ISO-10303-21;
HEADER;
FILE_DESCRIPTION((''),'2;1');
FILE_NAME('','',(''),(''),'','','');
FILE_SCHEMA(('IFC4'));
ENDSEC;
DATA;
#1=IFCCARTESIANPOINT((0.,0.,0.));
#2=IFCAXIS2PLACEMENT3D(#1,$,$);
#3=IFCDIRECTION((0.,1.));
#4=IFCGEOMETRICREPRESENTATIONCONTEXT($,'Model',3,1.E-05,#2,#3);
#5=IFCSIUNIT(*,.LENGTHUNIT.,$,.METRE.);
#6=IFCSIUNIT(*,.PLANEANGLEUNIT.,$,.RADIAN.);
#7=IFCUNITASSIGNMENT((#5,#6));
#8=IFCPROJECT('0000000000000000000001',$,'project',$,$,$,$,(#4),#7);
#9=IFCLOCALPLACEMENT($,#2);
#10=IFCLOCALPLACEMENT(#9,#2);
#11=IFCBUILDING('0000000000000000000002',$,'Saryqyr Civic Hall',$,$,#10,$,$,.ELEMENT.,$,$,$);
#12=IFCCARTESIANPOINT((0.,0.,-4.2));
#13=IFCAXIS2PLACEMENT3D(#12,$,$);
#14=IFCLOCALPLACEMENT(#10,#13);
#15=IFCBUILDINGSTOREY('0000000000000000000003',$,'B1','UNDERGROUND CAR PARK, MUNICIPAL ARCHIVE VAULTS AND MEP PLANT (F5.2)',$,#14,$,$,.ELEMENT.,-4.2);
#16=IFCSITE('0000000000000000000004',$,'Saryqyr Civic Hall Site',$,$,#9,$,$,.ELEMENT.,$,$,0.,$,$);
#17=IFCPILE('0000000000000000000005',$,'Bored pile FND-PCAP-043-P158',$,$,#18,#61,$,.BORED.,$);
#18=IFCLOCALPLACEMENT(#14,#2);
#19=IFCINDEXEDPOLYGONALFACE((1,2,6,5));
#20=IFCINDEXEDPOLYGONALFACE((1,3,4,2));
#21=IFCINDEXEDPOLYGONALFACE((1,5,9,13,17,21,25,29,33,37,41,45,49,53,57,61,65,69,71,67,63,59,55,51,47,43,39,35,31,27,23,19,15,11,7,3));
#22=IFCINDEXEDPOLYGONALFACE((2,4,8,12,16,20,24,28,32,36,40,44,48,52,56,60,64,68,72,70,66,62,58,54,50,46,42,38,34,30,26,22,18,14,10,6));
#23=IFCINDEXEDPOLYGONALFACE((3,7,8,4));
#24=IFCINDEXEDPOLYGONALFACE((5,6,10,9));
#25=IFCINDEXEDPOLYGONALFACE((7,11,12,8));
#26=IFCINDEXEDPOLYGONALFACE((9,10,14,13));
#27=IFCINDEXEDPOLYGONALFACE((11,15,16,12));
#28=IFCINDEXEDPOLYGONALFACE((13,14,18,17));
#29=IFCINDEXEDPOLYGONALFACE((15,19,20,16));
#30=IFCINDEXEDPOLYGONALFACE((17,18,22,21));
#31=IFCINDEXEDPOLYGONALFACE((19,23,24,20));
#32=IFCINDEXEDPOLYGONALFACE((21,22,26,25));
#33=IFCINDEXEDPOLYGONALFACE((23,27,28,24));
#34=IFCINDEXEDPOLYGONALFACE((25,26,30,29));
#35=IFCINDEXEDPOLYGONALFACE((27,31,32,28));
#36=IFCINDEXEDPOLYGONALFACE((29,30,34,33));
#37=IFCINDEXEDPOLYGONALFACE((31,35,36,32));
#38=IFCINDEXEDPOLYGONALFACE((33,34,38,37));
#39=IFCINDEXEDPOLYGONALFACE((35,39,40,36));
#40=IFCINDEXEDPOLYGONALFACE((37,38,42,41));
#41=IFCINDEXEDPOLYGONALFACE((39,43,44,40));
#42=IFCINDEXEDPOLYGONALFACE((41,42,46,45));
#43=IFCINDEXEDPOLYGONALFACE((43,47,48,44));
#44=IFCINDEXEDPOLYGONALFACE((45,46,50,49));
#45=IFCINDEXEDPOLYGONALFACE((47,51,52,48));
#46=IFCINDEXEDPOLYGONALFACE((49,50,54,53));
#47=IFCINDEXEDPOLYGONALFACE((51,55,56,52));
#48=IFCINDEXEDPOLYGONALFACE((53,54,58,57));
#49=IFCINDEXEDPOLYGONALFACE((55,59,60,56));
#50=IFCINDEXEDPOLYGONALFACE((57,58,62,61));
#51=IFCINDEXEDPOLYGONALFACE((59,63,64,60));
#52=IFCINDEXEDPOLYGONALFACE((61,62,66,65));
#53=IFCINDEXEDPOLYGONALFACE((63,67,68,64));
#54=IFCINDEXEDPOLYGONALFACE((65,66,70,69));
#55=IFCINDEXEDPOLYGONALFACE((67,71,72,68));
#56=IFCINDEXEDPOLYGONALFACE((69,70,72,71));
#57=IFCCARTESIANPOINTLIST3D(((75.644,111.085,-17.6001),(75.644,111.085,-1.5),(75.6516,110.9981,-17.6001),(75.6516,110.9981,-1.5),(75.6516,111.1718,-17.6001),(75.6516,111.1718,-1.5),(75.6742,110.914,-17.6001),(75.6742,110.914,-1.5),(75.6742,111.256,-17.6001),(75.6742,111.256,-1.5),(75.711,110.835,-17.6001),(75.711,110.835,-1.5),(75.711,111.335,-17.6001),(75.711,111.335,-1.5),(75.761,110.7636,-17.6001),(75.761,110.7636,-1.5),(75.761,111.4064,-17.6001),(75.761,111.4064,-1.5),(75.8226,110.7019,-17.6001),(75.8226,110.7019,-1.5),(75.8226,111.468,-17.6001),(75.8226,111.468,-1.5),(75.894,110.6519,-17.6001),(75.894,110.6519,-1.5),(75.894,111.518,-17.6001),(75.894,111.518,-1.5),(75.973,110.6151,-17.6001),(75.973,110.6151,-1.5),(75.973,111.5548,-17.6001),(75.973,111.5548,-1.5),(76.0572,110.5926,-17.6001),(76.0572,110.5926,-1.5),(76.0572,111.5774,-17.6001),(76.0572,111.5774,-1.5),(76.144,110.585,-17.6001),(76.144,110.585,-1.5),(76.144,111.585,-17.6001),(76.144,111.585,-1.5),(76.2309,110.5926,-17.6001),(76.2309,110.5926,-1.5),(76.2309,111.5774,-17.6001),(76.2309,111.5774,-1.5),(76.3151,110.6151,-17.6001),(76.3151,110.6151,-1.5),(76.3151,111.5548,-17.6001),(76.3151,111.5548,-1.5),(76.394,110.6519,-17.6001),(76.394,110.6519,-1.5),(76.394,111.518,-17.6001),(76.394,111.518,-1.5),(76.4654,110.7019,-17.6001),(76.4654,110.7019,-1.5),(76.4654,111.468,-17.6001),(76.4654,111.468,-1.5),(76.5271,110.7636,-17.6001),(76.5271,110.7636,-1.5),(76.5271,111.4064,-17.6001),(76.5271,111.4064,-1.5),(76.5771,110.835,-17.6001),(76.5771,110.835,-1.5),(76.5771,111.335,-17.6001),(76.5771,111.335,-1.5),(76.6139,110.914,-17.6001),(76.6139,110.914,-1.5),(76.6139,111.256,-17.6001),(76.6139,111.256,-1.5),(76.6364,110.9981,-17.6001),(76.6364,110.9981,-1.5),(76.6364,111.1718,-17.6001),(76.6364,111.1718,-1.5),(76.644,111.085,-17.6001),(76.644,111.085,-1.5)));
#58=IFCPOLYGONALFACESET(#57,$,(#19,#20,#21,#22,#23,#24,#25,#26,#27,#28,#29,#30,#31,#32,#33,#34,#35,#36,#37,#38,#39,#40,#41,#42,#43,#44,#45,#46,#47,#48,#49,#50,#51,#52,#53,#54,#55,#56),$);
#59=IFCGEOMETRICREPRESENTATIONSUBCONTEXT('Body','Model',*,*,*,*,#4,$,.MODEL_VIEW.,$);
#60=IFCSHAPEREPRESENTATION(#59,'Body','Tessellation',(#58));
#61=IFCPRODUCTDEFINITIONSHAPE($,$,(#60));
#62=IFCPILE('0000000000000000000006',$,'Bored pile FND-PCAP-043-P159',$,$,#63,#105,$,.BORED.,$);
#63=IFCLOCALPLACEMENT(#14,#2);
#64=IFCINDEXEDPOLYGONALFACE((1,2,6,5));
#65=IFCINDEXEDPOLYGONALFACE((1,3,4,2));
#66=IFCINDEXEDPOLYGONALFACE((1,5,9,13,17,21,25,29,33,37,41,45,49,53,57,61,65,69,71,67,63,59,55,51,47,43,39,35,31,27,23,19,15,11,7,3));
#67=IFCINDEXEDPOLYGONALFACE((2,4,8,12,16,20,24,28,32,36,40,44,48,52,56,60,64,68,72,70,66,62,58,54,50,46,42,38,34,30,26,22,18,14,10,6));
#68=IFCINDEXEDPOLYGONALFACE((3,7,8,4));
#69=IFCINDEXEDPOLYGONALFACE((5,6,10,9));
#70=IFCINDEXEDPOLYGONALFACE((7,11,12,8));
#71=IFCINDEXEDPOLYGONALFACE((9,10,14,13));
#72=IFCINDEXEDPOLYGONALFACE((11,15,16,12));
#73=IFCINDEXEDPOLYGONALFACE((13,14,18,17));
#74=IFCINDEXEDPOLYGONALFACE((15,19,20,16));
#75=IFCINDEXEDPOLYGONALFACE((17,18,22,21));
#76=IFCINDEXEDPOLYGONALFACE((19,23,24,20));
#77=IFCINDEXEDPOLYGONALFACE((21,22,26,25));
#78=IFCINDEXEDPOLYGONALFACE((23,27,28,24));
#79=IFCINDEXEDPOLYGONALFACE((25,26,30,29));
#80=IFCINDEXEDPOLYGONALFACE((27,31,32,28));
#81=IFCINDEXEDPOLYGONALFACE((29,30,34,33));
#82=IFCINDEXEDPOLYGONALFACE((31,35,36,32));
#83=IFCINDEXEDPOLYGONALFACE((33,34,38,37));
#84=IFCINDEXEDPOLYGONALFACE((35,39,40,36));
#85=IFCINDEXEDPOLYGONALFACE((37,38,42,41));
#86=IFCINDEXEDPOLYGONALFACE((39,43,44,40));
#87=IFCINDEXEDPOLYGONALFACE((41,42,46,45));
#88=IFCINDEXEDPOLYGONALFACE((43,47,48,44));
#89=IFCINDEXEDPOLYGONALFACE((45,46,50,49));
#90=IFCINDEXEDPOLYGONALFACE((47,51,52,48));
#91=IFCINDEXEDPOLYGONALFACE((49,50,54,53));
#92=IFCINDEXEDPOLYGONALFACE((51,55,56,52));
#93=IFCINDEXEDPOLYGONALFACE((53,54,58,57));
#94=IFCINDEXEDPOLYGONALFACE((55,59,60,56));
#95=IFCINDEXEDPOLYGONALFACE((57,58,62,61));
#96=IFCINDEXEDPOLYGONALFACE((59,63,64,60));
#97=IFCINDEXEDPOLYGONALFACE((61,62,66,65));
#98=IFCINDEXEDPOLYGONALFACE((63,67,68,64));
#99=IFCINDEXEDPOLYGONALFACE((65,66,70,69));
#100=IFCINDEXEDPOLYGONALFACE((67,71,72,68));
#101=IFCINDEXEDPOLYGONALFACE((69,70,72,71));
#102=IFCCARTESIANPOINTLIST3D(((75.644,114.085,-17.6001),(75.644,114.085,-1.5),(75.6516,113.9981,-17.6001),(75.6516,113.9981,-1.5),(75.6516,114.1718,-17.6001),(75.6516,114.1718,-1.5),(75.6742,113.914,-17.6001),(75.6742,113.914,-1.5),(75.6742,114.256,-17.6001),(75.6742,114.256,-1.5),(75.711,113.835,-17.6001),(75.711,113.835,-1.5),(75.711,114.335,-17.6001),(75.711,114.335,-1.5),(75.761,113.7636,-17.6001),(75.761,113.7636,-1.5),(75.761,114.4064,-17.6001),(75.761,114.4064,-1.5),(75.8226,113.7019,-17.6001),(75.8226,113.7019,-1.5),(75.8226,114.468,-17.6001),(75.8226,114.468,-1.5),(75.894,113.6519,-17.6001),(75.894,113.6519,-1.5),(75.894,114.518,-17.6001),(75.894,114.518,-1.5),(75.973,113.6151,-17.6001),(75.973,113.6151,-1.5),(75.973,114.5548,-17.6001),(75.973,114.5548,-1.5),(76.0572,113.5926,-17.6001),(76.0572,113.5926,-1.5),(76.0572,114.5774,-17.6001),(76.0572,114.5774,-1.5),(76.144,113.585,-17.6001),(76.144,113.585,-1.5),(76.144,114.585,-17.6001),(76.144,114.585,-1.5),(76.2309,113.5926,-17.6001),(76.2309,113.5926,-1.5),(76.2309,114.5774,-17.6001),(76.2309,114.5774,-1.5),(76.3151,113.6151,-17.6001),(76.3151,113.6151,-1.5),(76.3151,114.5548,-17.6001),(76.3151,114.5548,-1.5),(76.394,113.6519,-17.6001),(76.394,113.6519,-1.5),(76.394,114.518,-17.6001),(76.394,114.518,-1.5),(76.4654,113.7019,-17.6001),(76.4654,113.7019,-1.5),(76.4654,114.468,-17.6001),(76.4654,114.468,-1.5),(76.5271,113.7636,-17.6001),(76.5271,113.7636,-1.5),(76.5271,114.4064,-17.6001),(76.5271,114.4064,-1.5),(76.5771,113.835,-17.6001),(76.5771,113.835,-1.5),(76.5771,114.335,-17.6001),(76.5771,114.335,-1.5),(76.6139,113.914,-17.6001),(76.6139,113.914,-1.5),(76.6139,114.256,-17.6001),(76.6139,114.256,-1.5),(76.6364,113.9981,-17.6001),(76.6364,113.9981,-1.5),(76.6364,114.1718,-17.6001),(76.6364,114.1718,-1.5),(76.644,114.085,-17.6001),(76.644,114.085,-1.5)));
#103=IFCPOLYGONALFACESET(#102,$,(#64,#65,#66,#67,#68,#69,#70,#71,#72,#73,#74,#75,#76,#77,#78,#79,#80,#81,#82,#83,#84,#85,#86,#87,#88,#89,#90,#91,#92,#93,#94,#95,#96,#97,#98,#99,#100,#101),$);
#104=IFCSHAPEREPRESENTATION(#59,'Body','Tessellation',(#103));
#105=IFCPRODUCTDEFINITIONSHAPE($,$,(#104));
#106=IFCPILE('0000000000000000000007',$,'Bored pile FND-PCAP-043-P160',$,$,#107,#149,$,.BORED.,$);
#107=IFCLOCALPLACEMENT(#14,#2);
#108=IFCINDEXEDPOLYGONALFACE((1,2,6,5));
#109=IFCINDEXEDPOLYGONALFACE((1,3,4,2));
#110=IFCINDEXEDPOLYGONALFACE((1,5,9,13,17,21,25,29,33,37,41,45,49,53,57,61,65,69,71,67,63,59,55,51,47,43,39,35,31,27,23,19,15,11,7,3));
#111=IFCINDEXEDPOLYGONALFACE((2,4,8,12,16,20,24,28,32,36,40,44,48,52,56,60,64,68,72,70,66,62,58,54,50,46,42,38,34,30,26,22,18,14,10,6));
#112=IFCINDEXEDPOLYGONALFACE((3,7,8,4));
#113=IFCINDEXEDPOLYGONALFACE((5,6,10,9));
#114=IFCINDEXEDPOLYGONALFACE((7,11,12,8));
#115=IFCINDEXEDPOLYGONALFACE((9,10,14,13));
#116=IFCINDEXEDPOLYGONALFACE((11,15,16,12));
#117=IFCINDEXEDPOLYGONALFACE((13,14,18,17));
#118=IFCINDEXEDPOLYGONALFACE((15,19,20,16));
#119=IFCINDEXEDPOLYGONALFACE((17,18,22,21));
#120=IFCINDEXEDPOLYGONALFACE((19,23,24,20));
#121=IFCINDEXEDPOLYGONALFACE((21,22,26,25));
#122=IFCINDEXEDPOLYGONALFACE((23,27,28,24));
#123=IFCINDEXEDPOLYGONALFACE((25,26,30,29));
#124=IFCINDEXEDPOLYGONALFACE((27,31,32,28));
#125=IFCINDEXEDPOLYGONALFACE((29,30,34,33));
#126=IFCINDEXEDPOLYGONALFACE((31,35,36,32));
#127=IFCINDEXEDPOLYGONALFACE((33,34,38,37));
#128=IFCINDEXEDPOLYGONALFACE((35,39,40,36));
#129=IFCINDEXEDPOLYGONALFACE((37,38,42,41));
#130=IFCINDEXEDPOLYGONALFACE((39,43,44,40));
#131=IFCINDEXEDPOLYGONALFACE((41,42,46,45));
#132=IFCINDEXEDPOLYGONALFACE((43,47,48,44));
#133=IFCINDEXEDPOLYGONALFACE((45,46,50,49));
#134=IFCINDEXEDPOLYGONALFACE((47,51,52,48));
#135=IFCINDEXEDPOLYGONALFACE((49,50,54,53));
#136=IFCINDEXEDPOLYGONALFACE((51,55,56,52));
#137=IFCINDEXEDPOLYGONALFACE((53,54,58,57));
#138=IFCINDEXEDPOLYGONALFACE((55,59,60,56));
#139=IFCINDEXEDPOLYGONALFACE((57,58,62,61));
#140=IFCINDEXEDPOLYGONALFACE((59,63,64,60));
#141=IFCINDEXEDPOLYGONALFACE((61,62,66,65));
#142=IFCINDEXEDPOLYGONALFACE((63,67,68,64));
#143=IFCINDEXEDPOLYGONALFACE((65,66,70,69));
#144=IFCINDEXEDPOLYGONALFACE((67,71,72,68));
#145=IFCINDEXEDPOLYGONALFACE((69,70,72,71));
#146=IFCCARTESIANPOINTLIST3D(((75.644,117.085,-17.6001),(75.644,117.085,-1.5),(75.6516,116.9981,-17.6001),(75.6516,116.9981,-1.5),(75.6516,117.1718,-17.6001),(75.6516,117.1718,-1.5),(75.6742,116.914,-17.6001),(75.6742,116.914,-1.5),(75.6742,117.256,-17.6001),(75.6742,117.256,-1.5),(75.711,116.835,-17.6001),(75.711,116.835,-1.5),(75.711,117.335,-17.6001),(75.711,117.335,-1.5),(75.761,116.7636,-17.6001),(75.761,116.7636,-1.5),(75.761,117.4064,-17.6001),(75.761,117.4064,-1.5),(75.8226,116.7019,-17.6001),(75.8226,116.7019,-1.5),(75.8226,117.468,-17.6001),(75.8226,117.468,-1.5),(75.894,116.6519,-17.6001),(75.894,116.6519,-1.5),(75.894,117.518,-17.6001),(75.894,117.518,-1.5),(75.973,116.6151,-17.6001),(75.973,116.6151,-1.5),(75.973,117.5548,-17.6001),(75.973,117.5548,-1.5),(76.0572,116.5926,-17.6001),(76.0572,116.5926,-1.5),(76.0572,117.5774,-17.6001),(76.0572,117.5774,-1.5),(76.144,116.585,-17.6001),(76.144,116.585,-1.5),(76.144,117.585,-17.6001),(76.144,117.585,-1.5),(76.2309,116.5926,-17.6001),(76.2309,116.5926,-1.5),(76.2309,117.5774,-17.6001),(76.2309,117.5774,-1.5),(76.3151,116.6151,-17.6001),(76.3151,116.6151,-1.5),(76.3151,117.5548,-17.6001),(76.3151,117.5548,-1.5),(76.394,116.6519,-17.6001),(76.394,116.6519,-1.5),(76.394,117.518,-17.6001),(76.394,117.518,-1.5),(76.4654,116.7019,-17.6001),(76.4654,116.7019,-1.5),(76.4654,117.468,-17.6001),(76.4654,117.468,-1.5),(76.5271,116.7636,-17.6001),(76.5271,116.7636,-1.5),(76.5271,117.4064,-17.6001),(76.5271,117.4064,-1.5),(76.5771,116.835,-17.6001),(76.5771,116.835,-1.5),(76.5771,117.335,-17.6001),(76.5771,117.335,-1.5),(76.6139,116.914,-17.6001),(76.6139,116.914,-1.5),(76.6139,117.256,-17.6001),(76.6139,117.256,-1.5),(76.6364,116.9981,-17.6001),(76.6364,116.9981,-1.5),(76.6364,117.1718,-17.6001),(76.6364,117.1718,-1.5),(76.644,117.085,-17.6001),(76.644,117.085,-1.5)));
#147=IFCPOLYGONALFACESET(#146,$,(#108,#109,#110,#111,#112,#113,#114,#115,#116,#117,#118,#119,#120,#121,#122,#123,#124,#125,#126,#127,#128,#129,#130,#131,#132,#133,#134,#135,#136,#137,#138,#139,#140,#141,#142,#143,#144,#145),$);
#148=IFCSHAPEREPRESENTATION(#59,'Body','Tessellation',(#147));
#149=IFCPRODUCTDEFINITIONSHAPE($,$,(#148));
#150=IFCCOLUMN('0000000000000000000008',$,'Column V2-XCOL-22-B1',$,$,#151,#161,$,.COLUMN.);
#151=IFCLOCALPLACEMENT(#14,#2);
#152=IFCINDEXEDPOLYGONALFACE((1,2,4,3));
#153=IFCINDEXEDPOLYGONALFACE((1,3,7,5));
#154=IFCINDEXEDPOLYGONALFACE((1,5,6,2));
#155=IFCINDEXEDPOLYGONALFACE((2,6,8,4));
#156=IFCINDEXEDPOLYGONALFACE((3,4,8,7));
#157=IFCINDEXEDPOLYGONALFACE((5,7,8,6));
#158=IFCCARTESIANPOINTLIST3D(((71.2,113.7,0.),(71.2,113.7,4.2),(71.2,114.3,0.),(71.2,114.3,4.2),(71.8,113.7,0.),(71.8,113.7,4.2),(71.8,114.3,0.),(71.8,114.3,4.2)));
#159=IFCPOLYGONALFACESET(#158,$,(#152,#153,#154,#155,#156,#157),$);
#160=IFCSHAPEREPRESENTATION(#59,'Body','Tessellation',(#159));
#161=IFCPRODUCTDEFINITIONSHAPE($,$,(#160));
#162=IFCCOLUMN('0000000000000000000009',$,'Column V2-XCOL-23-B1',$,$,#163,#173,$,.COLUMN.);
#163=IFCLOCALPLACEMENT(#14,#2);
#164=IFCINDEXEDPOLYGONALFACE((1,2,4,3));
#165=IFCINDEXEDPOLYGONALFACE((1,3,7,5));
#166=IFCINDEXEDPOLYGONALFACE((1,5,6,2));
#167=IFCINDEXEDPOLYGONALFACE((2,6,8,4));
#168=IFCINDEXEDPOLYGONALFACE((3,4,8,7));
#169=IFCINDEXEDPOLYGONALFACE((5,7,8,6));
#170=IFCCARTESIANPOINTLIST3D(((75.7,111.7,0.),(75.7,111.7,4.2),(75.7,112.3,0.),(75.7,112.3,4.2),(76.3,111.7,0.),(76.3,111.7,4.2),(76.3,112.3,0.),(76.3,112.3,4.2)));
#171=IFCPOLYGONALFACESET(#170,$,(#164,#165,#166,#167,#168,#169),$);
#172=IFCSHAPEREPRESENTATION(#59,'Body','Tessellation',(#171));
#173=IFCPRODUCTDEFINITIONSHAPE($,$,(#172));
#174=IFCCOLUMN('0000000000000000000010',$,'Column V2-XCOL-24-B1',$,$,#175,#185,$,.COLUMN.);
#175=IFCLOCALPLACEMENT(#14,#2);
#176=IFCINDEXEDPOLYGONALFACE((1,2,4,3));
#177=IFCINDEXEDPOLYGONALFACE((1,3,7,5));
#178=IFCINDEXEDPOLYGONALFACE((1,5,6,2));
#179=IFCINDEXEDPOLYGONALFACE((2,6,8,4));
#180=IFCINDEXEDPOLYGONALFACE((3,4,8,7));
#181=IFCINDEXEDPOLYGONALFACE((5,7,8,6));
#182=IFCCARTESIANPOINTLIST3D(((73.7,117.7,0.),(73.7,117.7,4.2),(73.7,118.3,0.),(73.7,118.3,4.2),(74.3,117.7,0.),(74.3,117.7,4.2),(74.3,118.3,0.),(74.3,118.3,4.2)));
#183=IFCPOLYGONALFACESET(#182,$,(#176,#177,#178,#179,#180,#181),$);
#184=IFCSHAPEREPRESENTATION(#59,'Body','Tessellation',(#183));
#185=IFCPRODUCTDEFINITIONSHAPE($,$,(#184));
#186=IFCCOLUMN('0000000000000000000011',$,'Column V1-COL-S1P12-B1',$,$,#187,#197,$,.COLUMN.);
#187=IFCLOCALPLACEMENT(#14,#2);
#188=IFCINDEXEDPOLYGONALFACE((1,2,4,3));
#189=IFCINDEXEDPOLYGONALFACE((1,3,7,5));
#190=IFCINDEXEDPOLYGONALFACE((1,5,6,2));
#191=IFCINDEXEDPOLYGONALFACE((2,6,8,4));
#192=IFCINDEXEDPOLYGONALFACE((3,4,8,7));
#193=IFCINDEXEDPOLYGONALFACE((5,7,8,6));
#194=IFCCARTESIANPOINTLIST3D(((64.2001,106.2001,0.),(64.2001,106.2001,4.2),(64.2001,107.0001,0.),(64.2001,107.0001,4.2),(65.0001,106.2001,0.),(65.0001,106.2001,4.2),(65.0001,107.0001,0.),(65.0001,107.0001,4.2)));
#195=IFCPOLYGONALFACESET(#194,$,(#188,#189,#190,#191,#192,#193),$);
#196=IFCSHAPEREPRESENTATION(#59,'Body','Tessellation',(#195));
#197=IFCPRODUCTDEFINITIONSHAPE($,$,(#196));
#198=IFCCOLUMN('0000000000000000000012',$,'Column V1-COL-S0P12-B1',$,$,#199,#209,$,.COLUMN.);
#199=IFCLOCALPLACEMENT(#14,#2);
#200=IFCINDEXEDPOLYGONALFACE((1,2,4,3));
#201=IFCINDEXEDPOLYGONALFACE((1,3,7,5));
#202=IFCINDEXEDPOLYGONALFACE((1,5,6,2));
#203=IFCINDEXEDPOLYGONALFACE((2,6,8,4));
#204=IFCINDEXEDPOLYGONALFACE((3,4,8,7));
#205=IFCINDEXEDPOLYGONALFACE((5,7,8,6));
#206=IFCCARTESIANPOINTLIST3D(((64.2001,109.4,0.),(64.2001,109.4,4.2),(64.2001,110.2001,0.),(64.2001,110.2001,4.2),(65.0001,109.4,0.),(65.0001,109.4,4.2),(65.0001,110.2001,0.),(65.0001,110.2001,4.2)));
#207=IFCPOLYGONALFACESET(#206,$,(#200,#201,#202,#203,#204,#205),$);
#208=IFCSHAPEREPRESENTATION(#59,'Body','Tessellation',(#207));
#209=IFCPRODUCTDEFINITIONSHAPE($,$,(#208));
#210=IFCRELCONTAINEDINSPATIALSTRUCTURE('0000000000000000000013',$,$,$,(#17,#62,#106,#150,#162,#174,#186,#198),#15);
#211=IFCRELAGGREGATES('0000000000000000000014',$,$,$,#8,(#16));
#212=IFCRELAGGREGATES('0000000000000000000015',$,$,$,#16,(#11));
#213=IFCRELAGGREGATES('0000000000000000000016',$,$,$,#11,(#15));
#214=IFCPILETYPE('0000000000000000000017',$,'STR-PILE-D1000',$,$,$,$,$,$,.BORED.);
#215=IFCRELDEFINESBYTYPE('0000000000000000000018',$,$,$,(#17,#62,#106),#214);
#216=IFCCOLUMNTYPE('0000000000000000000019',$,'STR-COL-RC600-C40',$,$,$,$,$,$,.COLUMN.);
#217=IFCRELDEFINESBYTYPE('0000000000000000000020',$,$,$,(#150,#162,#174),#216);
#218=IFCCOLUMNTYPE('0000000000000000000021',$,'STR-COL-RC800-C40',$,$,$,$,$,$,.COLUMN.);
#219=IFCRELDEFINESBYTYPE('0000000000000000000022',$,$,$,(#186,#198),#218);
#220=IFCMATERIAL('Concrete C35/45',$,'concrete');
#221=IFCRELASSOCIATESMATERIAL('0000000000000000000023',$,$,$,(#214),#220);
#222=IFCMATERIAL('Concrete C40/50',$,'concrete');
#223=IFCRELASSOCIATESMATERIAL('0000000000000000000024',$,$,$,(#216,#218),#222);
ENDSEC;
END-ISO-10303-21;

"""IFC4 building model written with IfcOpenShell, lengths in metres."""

from ifc_helpers import new_model, si_unit, direction, frame, origin, origin_2d, place, context, subcontext, project, spatial, rectangle, circle, extrude, material, material_profile, profile_set, type_object, element, save


model = new_model("IFC4")

# Units and contexts
model_context = context("Model", 3, precision=1e-05, world=origin(), true_north=direction((0.0, 1.0)))
body_context = subcontext(model_context, "Body", "Model", "MODEL_VIEW")
ifc_project = project(units=[si_unit("LENGTHUNIT", "METRE"), si_unit("PLANEANGLEUNIT", "RADIAN")], contexts=[model_context])

# Site, building, storey
site_placement = place(None, origin())
site = spatial("IfcSite", under=ifc_project, at=site_placement, Name="Saryqyr Civic Hall Site", CompositionType="ELEMENT", RefElevation=0.0)
building_placement = place(site_placement, origin())
building = spatial("IfcBuilding", under=site, at=building_placement, Name="Saryqyr Civic Hall", CompositionType="ELEMENT")
storey_placement = place(building_placement, frame((0.0, 0.0, -4.2)))
storey = spatial("IfcBuildingStorey", under=building, at=storey_placement, Name="B1", Description="UNDERGROUND CAR PARK, MUNICIPAL ARCHIVE VAULTS AND MEP PLANT (F5.2)", CompositionType="ELEMENT", Elevation=-4.2)

# Piles
ifc_material_1 = material(Name="Concrete C35/45", Category="concrete")
ifc_material_profile_1 = material_profile(ifc_material_1, circle(Radius=0.5, at=origin_2d()), Name="BORED PILE D1000")
ifc_profile_set_1 = profile_set([ifc_material_profile_1], Name="Concrete C35/45")
pile_type = type_object("IfcPileType", Name="STR-PILE-D1000", PredefinedType="BORED", material=ifc_profile_set_1)
for number, where, z_axis, x_axis, name in (
    (1, (76.144, 111.085, -1.5), (0.0, 0.0, -1.0), (1.0, 0.0, 0.0), "Bored pile FND-PCAP-043-P158"),
    (2, (76.144, 114.085, -1.5), (0.0, 0.0, -1.0), (1.0, 0.0, 0.0), "Bored pile FND-PCAP-043-P159"),
    (3, (76.144, 117.085, -1.5), (0.0, 0.0, -1.0), (1.0, 0.0, 0.0), "Bored pile FND-PCAP-043-P160"),
):
    element("IfcPile", number, at=place(storey_placement, frame(where, z_axis=z_axis, x_axis=x_axis)), inside=storey, type_object=pile_type, Name=name, PredefinedType="BORED", context=body_context, shape_type="SweptSolid", body=[
        extrude(circle(Radius=0.5, at=origin_2d()), origin(), (0.0, 0.0, 1.0), 16.1001),
    ])

# Columns
ifc_material_2 = material(Name="Concrete C40/50", Category="concrete")
ifc_material_profile_2 = material_profile(ifc_material_2, rectangle(XDim=0.6001, YDim=0.6001, at=origin_2d()), Name="RC 600x600")
ifc_profile_set_2 = profile_set([ifc_material_profile_2], Name="Concrete C40/50")
column_type_1 = type_object("IfcColumnType", Name="STR-COL-RC600-C40", PredefinedType="COLUMN", material=ifc_profile_set_2)
for number, where, z_axis, x_axis, name in (
    (4, (71.5, 114.0, 0.0), (0.0, 0.0, 1.0), (1.0, 0.0, 0.0), "Column V2-XCOL-22-B1"),
    (5, (76.0, 112.0, 0.0), (0.0, 0.0, 1.0), (1.0, 0.0, 0.0), "Column V2-XCOL-23-B1"),
    (6, (74.0, 118.0, 0.0), (0.0, 0.0, 1.0), (1.0, 0.0, 0.0), "Column V2-XCOL-24-B1"),
):
    element("IfcColumn", number, at=place(storey_placement, frame(where, z_axis=z_axis, x_axis=x_axis)), inside=storey, type_object=column_type_1, Name=name, PredefinedType="COLUMN", context=body_context, shape_type="SweptSolid", body=[
        extrude(rectangle(XDim=0.6001, YDim=0.6001, at=origin_2d()), origin(), (0.0, 0.0, 1.0), 4.2),
    ])
ifc_material_profile_3 = material_profile(ifc_material_2, rectangle(XDim=0.8, YDim=0.8, at=origin_2d()), Name="RC 800x800")
ifc_profile_set_3 = profile_set([ifc_material_profile_3], Name="Concrete C40/50")
column_type_2 = type_object("IfcColumnType", Name="STR-COL-RC800-C40", PredefinedType="COLUMN", material=ifc_profile_set_3)
for number, where, z_axis, x_axis, name in (
    (7, (64.6001, 106.6001, 0.0), (0.0, 0.0, 1.0), (1.0, 0.0, 0.0), "Column V1-COL-S1P12-B1"),
    (8, (64.6001, 109.8, 0.0), (0.0, 0.0, 1.0), (1.0, 0.0, 0.0), "Column V1-COL-S0P12-B1"),
):
    element("IfcColumn", number, at=place(storey_placement, frame(where, z_axis=z_axis, x_axis=x_axis)), inside=storey, type_object=column_type_2, Name=name, PredefinedType="COLUMN", context=body_context, shape_type="SweptSolid", body=[
        extrude(rectangle(XDim=0.8, YDim=0.8, at=origin_2d()), origin(), (0.0, 0.0, 1.0), 4.2),
    ])

save(model, "model.ifc")
